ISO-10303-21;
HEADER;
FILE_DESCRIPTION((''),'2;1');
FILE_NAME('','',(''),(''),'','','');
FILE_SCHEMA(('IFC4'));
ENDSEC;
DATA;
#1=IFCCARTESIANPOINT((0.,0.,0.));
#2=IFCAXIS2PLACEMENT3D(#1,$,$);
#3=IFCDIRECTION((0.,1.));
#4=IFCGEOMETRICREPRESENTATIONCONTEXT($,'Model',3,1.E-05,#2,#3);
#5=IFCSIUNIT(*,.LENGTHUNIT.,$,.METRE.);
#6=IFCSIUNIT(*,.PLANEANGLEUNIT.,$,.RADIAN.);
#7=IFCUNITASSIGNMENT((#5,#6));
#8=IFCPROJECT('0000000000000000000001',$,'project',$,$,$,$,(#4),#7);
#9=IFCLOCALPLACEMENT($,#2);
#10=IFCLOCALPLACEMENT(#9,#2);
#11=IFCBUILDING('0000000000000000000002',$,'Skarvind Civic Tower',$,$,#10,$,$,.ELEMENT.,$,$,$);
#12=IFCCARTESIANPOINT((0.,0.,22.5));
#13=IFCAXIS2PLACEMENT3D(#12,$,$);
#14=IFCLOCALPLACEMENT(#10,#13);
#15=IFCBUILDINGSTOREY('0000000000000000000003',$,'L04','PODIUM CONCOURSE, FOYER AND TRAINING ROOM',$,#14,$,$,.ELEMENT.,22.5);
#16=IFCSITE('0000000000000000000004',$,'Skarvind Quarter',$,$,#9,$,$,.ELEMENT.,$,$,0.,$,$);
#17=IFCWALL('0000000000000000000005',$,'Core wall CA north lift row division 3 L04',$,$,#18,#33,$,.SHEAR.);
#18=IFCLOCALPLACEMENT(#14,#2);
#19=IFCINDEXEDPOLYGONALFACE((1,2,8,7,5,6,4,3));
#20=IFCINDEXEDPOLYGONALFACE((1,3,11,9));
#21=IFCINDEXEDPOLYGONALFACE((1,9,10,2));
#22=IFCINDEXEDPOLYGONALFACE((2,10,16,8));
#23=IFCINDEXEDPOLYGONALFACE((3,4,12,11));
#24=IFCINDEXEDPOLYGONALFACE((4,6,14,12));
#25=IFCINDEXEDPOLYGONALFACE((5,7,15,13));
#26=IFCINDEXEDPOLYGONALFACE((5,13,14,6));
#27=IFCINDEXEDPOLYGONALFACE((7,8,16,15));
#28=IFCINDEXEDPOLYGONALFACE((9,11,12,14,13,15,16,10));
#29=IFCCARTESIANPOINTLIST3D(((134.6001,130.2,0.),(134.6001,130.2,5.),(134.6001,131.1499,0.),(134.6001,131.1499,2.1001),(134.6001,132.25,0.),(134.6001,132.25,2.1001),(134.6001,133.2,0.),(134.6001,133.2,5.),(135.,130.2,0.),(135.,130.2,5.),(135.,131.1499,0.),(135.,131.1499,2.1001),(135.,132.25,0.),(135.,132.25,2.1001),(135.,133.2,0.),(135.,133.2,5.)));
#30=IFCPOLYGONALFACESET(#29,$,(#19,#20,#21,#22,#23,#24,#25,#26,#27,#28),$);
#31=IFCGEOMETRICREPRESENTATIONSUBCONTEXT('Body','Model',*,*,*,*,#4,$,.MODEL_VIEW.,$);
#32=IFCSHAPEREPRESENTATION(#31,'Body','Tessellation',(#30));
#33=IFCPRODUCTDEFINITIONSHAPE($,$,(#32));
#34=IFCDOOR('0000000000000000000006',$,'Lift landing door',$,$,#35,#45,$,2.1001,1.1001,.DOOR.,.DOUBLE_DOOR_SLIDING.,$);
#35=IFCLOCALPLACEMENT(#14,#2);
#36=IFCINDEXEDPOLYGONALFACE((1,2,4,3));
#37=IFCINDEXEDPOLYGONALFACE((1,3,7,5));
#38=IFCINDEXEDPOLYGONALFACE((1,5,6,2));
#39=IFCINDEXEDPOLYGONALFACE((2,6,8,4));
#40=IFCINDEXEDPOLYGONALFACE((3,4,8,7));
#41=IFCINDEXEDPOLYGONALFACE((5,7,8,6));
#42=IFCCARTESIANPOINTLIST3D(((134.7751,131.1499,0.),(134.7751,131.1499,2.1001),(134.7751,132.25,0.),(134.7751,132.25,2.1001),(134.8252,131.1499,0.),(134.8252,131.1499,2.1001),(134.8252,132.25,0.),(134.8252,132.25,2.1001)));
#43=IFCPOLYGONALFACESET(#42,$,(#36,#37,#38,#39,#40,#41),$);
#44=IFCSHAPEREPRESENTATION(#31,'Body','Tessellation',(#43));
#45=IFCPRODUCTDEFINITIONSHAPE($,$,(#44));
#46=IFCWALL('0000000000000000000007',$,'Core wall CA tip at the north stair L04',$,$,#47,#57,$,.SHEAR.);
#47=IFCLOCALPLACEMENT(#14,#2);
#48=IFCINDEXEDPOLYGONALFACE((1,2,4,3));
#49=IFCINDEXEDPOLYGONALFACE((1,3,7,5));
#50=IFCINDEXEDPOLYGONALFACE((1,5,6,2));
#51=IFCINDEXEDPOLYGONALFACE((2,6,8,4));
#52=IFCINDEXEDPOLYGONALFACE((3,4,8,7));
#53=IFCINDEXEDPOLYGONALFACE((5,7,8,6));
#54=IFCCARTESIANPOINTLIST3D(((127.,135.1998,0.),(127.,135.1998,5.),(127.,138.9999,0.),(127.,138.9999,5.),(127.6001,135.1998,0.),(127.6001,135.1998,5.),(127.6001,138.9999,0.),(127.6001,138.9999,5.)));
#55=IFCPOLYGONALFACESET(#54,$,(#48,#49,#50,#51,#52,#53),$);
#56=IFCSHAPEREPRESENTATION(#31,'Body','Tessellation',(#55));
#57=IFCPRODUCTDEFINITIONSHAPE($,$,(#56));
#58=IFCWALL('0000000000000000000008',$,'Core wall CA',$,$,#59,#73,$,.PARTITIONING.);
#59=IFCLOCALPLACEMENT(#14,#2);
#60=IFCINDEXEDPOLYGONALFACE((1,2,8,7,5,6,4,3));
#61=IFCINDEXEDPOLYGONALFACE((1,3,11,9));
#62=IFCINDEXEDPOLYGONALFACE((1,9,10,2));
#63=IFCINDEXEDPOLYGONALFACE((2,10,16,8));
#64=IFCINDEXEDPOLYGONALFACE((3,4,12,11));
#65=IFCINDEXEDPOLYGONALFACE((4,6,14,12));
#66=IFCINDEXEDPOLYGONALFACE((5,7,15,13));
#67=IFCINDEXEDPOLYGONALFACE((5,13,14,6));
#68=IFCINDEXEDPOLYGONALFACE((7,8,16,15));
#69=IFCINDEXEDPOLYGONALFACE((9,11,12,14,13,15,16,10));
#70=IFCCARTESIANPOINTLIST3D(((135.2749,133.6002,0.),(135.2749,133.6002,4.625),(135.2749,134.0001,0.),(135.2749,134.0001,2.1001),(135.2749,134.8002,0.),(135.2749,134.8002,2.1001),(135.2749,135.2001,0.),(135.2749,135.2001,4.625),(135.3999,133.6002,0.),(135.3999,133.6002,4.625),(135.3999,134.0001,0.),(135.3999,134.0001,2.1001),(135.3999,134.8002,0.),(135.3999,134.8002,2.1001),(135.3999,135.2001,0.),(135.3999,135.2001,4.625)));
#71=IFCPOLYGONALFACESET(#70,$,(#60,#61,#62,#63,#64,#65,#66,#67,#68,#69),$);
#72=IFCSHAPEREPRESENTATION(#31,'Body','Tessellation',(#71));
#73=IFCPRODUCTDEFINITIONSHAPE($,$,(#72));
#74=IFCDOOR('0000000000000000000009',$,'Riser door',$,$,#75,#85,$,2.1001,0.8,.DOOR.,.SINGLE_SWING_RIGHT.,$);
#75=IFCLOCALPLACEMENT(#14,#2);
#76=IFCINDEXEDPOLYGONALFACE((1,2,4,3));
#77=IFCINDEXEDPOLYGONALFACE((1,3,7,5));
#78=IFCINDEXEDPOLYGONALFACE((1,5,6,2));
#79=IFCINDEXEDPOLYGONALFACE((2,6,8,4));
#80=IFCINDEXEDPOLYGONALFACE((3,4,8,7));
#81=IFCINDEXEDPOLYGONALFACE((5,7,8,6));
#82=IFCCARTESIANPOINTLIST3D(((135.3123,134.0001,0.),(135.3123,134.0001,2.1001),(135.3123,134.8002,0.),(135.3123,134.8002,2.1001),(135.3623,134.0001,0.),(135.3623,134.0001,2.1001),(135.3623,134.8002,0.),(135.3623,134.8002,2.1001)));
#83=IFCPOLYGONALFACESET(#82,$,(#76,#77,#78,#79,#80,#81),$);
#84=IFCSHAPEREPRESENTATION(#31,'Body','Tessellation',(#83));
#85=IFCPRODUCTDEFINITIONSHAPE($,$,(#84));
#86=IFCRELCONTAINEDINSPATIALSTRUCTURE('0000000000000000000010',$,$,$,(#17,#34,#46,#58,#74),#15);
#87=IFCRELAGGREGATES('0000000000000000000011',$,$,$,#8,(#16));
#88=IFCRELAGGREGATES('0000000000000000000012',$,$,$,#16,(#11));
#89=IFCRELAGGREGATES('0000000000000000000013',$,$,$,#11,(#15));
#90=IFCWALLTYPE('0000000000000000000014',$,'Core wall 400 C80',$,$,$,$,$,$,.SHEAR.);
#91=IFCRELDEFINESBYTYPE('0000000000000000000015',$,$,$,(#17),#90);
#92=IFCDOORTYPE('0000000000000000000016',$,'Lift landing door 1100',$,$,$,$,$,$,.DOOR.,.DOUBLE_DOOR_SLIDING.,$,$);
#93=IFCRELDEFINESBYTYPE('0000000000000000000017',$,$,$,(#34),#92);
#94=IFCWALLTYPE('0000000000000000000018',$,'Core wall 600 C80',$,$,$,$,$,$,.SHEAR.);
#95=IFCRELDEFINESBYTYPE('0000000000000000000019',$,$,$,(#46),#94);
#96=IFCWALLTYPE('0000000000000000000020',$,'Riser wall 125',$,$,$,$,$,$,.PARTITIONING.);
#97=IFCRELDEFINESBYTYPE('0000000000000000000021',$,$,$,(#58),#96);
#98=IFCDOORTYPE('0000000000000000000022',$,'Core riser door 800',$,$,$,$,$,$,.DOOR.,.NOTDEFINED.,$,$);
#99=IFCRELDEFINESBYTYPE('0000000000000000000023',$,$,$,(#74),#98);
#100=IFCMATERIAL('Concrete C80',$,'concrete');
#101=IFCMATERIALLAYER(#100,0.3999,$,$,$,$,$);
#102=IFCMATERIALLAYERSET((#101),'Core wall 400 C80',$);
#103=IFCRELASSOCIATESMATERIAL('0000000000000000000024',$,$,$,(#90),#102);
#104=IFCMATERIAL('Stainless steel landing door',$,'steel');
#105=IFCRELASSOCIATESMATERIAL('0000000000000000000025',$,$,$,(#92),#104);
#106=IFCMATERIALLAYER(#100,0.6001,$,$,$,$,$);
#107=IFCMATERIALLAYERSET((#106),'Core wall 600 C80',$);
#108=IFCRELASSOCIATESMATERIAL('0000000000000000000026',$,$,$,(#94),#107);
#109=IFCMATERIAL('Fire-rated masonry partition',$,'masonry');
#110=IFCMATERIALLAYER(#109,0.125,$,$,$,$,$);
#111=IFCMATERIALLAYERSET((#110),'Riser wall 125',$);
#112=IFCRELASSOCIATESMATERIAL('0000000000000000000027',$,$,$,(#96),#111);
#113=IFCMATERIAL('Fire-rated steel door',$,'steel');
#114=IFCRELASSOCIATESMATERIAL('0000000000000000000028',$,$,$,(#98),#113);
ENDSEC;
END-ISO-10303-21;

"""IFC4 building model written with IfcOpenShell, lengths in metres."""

from ifc_helpers import new_model, si_unit, direction, frame, frame_2d, origin, place, context, subcontext, project, spatial, rectangle, extrude, material, layer, layer_set, type_object, element, fill, save


model = new_model("IFC4")

# Units and contexts
model_context = context("Model", 3, precision=1e-05, world=origin(), true_north=direction((0.0, 1.0)))
body_context = subcontext(model_context, "Body", "Model", "MODEL_VIEW")
ifc_project = project(units=[si_unit("LENGTHUNIT", "METRE"), si_unit("PLANEANGLEUNIT", "RADIAN")], contexts=[model_context])

# Site, building, storey
site_placement = place(None, origin())
site = spatial("IfcSite", under=ifc_project, at=site_placement, Name="Skarvind Quarter", CompositionType="ELEMENT", RefElevation=0.0)
building_placement = place(site_placement, origin())
building = spatial("IfcBuilding", under=site, at=building_placement, Name="Skarvind Civic Tower", CompositionType="ELEMENT")
storey_placement = place(building_placement, frame((0.0, 0.0, 22.5)))
storey = spatial("IfcBuildingStorey", under=building, at=storey_placement, Name="L04", Description="PODIUM CONCOURSE, FOYER AND TRAINING ROOM", CompositionType="ELEMENT", Elevation=22.5)

# Shared definitions
ifc_material_1 = material(Name="Fire-rated masonry partition", Category="masonry")
ifc_material_2 = material(Name="Fire-rated steel door", Category="steel")

# Shared definitions
ifc_material_3 = material(Name="Concrete C80", Category="concrete")
ifc_layer_1 = layer(ifc_material_3, 0.3999)
ifc_layer_set_1 = layer_set([ifc_layer_1], Name="Core wall 400 C80")
wall_type_1 = type_object("IfcWallType", Name="Core wall 400 C80", PredefinedType="SHEAR", material=ifc_layer_set_1)

# Shared definitions
ifc_material_4 = material(Name="Stainless steel landing door", Category="steel")
door_type_1 = type_object("IfcDoorType", Name="Lift landing door 1100", OperationType="DOUBLE_DOOR_SLIDING", PredefinedType="DOOR", material=ifc_material_4)

# Wall, opening, door
wall_1_placement = place(storey_placement, frame((134.8, 130.2, 0.0), z_axis=(0.0, 0.0, 1.0), x_axis=(0.0, 1.0, 0.0)))
wall_1 = element("IfcWall", 1, at=wall_1_placement, inside=storey, type_object=wall_type_1, Name="Core wall CA north lift row division 3 L04", PredefinedType="SHEAR", context=body_context, shape_type="SweptSolid", body=[
    extrude(rectangle(XDim=3.0, YDim=0.3999, at=frame_2d((1.5, 0.0))), origin(), (0.0, 0.0, 1.0), 5.0),
])
opening_1_placement = place(wall_1_placement, frame((0.95, 0.0, 0.0)))
opening_1 = element("IfcOpeningElement", 2, at=opening_1_placement, cuts=wall_1, PredefinedType="OPENING", context=body_context, shape_type="SweptSolid", body=[
    extrude(rectangle(XDim=1.1001, YDim=2.1001, at=frame_2d((0.55, 1.05))), frame((0.0, 0.21, 0.0), z_axis=(0.0, -1.0, 0.0), x_axis=(1.0, 0.0, 0.0)), (0.0, 0.0, 1.0), 0.4199),
])
door_1_placement = place(opening_1_placement, origin())
door_1 = element("IfcDoor", 3, at=door_1_placement, inside=storey, type_object=door_type_1, Name="Lift landing door", OperationType="DOUBLE_DOOR_SLIDING", OverallHeight=2.1001, OverallWidth=1.1001, PredefinedType="DOOR", context=body_context, shape_type="SweptSolid", body=[
    extrude(rectangle(XDim=1.1001, YDim=2.1001, at=frame_2d((0.55, 1.05))), frame((0.0, 0.0249, 0.0), z_axis=(0.0, -1.0, 0.0), x_axis=(1.0, 0.0, 0.0)), (0.0, 0.0, 1.0), 0.05),
])
fill(opening_1, door_1)

# Wall
ifc_layer_2 = layer(ifc_material_3, 0.6001)
ifc_layer_set_2 = layer_set([ifc_layer_2], Name="Core wall 600 C80")
wall_type_2 = type_object("IfcWallType", Name="Core wall 600 C80", PredefinedType="SHEAR", material=ifc_layer_set_2)
wall_2_placement = place(storey_placement, frame((127.3, 135.2, 0.0), z_axis=(0.0, 0.0, 1.0), x_axis=(0.0, 1.0, 0.0)))
element("IfcWall", 4, at=wall_2_placement, inside=storey, type_object=wall_type_2, Name="Core wall CA tip at the north stair L04", PredefinedType="SHEAR", context=body_context, shape_type="SweptSolid", body=[
    extrude(rectangle(XDim=3.8, YDim=0.6001, at=frame_2d((1.8999, 0.0))), origin(), (0.0, 0.0, 1.0), 5.0),
])

# Wall, opening, door
ifc_layer_3 = layer(ifc_material_1, 0.125)
ifc_layer_set_3 = layer_set([ifc_layer_3], Name="Riser wall 125")
wall_type_3 = type_object("IfcWallType", Name="Riser wall 125", PredefinedType="PARTITIONING", material=ifc_layer_set_3)
wall_3_placement = place(storey_placement, frame((135.3374, 135.2, 0.0), z_axis=(0.0, 0.0, 1.0), x_axis=(0.0, -1.0, 0.0)))
wall_3 = element("IfcWall", 5, at=wall_3_placement, inside=storey, type_object=wall_type_3, Name="Core wall CA", PredefinedType="PARTITIONING", context=body_context, shape_type="SweptSolid", body=[
    extrude(rectangle(XDim=1.5999, YDim=0.125, at=frame_2d((0.7998, 0.0))), origin(), (0.0, 0.0, 1.0), 4.625),
])
opening_2_placement = place(wall_3_placement, frame((0.3999, 0.0, 0.0)))
opening_2 = element("IfcOpeningElement", 6, at=opening_2_placement, cuts=wall_3, PredefinedType="OPENING", context=body_context, shape_type="SweptSolid", body=[
    extrude(rectangle(XDim=0.8, YDim=2.1001, at=frame_2d((0.3999, 1.05))), frame((0.0, 0.0725, 0.0), z_axis=(0.0, -1.0, 0.0), x_axis=(1.0, 0.0, 0.0)), (0.0, 0.0, 1.0), 0.145),
])
door_type_2 = type_object("IfcDoorType", Name="Core riser door 800", OperationType="NOTDEFINED", PredefinedType="DOOR", material=ifc_material_2)
door_2_placement = place(opening_2_placement, origin())
door_2 = element("IfcDoor", 7, at=door_2_placement, inside=storey, type_object=door_type_2, Name="Riser door", OperationType="SINGLE_SWING_RIGHT", OverallHeight=2.1001, OverallWidth=0.8, PredefinedType="DOOR", context=body_context, shape_type="SweptSolid", body=[
    extrude(rectangle(XDim=0.8, YDim=2.1001, at=frame_2d((0.3999, 1.05))), frame((0.0, 0.0249, 0.0), z_axis=(0.0, -1.0, 0.0), x_axis=(1.0, 0.0, 0.0)), (0.0, 0.0, 1.0), 0.05),
])
fill(opening_2, door_2)

save(model, "model.ifc")
